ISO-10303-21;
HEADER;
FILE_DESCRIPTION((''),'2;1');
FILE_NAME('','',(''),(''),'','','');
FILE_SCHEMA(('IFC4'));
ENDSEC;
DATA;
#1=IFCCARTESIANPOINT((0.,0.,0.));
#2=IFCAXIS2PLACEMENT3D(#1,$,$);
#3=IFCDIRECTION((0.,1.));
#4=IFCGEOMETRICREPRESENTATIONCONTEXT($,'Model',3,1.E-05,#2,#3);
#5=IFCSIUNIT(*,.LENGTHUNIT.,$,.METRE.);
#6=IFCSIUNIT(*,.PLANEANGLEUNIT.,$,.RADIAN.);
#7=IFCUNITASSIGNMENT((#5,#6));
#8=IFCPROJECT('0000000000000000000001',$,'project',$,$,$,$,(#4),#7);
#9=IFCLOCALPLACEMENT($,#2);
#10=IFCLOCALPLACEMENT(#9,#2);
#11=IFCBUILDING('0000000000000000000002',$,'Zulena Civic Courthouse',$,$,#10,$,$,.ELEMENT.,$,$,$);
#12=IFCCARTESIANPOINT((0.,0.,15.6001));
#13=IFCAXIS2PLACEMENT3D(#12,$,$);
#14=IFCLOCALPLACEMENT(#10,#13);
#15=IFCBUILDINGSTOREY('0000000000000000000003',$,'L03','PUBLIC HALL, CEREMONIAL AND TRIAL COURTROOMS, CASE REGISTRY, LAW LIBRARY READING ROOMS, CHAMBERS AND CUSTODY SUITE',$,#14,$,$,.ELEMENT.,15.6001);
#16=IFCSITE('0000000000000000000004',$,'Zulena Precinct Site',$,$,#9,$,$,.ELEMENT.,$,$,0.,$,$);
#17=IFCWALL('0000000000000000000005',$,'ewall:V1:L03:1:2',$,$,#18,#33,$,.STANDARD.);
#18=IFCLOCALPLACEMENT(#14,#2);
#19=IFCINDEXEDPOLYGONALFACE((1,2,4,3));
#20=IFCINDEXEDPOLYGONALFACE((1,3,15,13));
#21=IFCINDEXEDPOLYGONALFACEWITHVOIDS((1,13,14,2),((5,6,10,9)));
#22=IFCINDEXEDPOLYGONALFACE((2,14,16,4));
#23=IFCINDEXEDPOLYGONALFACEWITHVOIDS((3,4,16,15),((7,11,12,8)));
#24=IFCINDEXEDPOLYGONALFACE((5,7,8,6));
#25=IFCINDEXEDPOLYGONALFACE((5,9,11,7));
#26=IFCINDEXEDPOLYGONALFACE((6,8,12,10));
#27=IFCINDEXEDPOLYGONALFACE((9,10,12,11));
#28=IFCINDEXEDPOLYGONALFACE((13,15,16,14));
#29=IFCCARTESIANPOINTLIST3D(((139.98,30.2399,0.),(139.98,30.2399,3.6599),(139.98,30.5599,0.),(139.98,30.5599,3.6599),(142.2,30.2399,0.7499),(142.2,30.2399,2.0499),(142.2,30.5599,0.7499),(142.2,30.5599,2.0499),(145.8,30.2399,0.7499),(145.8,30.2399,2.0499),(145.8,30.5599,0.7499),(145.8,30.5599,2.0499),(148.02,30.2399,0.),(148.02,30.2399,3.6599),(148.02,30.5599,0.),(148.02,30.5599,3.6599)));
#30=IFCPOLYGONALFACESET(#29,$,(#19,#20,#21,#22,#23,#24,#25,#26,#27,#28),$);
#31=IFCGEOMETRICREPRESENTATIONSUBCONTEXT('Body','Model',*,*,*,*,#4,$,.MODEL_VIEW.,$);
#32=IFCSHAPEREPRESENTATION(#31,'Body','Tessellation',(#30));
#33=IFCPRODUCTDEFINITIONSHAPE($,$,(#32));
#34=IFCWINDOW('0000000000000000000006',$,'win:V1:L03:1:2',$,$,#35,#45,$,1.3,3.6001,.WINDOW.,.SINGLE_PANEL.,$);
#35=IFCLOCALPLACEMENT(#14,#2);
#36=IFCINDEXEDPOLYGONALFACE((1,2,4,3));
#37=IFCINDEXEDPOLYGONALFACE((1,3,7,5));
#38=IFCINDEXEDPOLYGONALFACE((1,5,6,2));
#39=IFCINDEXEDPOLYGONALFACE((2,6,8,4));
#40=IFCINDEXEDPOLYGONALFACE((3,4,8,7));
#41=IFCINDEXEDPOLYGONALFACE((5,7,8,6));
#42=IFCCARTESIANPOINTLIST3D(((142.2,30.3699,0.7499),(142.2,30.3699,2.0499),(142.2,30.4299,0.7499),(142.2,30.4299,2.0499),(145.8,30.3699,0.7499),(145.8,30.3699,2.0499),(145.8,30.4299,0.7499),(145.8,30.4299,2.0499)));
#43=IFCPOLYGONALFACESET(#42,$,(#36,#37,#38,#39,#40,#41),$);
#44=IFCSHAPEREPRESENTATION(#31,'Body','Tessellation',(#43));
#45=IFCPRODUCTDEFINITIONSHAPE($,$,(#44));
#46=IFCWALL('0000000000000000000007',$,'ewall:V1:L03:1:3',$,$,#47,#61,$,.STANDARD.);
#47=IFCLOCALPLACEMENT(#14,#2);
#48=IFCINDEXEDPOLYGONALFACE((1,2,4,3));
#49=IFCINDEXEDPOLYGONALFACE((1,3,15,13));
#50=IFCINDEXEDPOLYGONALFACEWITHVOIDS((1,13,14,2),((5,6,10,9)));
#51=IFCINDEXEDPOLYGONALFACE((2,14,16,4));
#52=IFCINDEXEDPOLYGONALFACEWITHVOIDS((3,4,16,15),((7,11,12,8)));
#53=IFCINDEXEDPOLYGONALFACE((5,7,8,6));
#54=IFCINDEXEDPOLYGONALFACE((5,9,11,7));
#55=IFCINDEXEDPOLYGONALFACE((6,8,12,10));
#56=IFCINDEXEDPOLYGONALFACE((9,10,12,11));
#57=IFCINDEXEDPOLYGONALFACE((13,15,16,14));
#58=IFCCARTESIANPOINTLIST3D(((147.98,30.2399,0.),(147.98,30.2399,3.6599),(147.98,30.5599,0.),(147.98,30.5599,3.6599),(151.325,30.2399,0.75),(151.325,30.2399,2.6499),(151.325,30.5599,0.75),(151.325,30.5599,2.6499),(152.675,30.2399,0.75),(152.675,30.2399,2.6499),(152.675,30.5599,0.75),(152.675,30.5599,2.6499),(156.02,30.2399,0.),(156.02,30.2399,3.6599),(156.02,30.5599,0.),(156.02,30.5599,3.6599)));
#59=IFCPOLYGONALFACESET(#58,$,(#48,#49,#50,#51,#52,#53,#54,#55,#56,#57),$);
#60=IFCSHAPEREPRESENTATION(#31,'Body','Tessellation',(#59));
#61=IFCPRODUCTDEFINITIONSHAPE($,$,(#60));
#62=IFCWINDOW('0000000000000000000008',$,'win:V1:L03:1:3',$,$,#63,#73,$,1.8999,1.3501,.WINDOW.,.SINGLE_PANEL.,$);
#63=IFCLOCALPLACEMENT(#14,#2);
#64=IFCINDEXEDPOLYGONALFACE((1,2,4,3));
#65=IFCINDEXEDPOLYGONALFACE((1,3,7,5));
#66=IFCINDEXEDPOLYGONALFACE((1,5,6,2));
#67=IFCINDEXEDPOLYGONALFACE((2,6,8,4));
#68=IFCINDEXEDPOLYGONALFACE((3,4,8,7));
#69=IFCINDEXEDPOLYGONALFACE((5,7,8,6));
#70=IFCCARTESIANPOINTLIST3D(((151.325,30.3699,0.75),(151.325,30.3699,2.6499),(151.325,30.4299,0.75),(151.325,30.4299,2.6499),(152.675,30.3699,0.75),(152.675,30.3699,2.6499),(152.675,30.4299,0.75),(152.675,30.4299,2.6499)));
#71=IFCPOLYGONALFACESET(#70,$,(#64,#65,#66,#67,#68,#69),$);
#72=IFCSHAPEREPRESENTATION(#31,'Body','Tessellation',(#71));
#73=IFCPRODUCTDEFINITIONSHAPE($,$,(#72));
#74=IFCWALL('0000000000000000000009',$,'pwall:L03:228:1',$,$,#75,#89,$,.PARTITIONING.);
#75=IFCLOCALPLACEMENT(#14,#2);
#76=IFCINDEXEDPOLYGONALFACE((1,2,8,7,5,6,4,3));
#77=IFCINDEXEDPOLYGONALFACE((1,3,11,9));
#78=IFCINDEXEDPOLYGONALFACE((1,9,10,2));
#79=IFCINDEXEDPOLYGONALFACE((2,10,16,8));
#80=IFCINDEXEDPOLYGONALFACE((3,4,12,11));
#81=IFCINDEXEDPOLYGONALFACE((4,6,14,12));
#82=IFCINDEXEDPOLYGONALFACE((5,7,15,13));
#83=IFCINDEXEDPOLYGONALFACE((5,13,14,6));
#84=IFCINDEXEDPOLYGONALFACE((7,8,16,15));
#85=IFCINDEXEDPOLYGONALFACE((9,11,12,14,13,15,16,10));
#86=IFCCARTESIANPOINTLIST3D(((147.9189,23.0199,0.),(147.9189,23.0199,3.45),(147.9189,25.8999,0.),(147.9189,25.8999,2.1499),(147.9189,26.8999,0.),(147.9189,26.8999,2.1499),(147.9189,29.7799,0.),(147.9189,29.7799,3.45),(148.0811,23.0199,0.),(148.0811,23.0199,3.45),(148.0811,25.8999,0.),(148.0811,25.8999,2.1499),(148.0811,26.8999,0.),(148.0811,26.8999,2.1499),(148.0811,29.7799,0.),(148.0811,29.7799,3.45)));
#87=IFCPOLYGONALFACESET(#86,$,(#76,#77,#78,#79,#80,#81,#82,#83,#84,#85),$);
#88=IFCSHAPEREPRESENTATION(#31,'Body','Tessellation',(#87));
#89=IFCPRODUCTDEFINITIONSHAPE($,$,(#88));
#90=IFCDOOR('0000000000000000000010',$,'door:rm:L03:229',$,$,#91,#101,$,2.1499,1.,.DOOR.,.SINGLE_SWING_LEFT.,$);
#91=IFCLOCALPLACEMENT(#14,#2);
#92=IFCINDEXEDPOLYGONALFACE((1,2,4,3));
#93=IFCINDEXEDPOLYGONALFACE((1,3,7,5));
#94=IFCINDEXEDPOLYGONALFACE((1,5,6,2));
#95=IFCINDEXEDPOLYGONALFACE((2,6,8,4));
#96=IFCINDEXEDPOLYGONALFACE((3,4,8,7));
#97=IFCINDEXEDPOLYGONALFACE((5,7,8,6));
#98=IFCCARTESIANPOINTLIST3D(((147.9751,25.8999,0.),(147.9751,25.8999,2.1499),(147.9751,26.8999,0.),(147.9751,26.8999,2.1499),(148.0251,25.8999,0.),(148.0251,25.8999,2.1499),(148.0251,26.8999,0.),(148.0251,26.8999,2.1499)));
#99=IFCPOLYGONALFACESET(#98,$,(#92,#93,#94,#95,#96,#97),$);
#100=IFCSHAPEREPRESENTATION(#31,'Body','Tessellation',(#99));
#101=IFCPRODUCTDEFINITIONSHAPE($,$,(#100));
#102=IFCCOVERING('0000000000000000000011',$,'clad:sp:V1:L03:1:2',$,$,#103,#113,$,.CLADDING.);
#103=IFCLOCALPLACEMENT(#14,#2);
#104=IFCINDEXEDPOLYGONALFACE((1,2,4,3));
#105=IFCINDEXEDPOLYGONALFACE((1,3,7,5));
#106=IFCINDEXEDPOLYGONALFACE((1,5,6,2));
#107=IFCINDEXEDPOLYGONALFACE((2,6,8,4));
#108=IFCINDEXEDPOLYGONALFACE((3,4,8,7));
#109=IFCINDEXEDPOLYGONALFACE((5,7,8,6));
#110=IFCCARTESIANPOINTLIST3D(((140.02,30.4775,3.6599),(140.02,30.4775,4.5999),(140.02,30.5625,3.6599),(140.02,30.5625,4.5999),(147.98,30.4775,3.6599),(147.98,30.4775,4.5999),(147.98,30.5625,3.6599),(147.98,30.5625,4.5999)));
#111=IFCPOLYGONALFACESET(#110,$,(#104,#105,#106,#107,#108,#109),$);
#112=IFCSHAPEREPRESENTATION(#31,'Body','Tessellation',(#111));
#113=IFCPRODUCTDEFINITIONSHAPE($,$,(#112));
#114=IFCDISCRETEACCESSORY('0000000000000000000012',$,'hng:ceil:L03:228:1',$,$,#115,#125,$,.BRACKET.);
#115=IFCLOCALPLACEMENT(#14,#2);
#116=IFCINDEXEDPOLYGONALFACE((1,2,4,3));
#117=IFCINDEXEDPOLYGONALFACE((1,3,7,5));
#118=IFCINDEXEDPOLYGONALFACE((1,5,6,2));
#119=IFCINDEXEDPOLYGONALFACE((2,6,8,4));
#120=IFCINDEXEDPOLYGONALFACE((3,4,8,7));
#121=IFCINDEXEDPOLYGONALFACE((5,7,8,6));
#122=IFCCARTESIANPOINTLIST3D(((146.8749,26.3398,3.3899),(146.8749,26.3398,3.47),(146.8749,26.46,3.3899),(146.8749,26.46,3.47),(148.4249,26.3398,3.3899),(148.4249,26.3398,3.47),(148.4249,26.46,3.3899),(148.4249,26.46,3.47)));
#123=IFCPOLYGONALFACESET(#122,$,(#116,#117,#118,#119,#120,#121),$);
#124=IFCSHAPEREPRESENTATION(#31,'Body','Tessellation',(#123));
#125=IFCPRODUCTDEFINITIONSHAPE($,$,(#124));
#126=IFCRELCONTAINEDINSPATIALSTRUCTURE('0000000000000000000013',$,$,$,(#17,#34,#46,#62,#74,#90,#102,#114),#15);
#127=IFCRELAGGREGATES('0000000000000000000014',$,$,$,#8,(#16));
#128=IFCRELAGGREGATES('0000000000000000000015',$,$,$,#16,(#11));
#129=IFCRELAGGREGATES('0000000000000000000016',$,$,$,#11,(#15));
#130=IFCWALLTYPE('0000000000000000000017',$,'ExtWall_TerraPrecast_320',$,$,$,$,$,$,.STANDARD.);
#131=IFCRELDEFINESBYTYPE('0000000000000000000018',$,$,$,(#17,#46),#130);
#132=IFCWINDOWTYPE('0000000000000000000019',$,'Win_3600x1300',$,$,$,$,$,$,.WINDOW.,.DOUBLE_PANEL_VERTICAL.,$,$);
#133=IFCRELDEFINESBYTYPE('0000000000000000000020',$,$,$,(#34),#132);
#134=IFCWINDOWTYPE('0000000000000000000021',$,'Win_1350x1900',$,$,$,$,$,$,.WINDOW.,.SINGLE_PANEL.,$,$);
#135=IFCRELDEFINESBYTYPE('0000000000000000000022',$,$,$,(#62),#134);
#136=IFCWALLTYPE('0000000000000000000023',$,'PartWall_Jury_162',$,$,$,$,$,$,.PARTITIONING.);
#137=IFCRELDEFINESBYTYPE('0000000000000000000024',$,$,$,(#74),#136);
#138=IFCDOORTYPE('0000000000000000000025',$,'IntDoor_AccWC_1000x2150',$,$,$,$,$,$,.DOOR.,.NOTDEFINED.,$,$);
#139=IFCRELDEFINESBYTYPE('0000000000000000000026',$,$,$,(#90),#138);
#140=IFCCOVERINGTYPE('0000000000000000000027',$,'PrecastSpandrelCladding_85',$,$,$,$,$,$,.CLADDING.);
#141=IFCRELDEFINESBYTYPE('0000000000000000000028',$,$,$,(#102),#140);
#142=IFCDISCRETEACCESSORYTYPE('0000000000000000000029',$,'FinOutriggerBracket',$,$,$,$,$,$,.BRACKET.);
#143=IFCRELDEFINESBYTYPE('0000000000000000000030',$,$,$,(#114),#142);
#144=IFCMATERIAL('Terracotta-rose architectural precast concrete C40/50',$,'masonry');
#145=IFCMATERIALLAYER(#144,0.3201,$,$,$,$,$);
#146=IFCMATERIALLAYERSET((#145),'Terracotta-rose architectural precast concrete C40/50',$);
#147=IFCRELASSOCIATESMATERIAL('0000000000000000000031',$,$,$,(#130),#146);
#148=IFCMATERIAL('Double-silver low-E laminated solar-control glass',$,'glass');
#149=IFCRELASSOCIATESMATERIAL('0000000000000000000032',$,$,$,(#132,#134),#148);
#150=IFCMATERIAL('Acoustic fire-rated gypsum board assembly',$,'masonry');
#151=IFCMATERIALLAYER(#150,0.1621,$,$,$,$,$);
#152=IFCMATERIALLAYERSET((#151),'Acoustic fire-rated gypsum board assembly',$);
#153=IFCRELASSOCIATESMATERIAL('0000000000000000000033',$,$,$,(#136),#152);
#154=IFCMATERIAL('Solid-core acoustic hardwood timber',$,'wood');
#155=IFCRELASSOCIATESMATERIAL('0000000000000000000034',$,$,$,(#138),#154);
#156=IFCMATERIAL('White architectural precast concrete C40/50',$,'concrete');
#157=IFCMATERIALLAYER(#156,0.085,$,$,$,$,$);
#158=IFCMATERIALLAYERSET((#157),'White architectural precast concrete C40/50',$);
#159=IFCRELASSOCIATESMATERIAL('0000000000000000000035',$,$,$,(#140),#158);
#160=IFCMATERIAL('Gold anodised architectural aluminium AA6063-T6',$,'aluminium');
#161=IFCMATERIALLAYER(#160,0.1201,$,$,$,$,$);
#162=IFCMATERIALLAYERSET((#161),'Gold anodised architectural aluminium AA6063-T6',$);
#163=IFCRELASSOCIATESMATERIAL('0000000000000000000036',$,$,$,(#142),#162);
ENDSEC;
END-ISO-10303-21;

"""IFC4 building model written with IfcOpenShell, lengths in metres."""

from ifc_helpers import new_model, si_unit, direction, frame, frame_2d, origin, origin_2d, place, context, subcontext, project, spatial, rectangle, extrude, material, layer, layer_set, type_object, element, fill, save


model = new_model("IFC4")

# Units and contexts
model_context = context("Model", 3, precision=1e-05, world=origin(), true_north=direction((0.0, 1.0)))
body_context = subcontext(model_context, "Body", "Model", "MODEL_VIEW")
ifc_project = project(units=[si_unit("LENGTHUNIT", "METRE"), si_unit("PLANEANGLEUNIT", "RADIAN")], contexts=[model_context])

# Site, building, storey
site_placement = place(None, origin())
site = spatial("IfcSite", under=ifc_project, at=site_placement, Name="Zulena Precinct Site", CompositionType="ELEMENT", RefElevation=0.0)
building_placement = place(site_placement, origin())
building = spatial("IfcBuilding", under=site, at=building_placement, Name="Zulena Civic Courthouse", CompositionType="ELEMENT")
storey_placement = place(building_placement, frame((0.0, 0.0, 15.6001)))
storey = spatial("IfcBuildingStorey", under=building, at=storey_placement, Name="L03", Description="PUBLIC HALL, CEREMONIAL AND TRIAL COURTROOMS, CASE REGISTRY, LAW LIBRARY READING ROOMS, CHAMBERS AND CUSTODY SUITE", CompositionType="ELEMENT", Elevation=15.6001)

# Shared definitions
ifc_material_1 = material(Name="Double-silver low-E laminated solar-control glass", Category="glass")

# Walls, openings, windows
ifc_material_2 = material(Name="Terracotta-rose architectural precast concrete C40/50", Category="masonry")
ifc_layer_1 = layer(ifc_material_2, 0.3201)
ifc_layer_set_1 = layer_set([ifc_layer_1], Name="Terracotta-rose architectural precast concrete C40/50")
wall_type_1 = type_object("IfcWallType", Name="ExtWall_TerraPrecast_320", PredefinedType="STANDARD", material=ifc_layer_set_1)
wall_1_placement = place(storey_placement, frame((139.98, 30.3999, 0.0), z_axis=(0.0, 0.0, 1.0), x_axis=(1.0, 0.0, 0.0)))
wall_1 = element("IfcWall", 1, at=wall_1_placement, inside=storey, type_object=wall_type_1, Name="ewall:V1:L03:1:2", PredefinedType="STANDARD", context=body_context, shape_type="SweptSolid", body=[
    extrude(rectangle(XDim=8.04, YDim=0.3201, at=frame_2d((4.02, 0.0))), origin(), (0.0, 0.0, 1.0), 3.6599),
])
opening_1_placement = place(wall_1_placement, frame((2.22, 0.0, 0.75)))
opening_1 = element("IfcOpeningElement", 2, at=opening_1_placement, cuts=wall_1, PredefinedType="OPENING", context=body_context, shape_type="SweptSolid", body=[
    extrude(rectangle(XDim=3.6001, YDim=1.3, at=frame_2d((1.8, 0.6499))), frame((0.0, 0.1699, 0.0), z_axis=(0.0, -1.0, 0.0), x_axis=(1.0, 0.0, 0.0)), (0.0, 0.0, 1.0), 0.3401),
])
window_type_1 = type_object("IfcWindowType", Name="Win_3600x1300", PartitioningType="DOUBLE_PANEL_VERTICAL", PredefinedType="WINDOW", material=ifc_material_1)
window_1_placement = place(opening_1_placement, origin())
window_1 = element("IfcWindow", 3, at=window_1_placement, inside=storey, type_object=window_type_1, Name="win:V1:L03:1:2", OverallHeight=1.3, OverallWidth=3.6001, PartitioningType="SINGLE_PANEL", PredefinedType="WINDOW", context=body_context, shape_type="SweptSolid", body=[
    extrude(rectangle(XDim=3.6001, YDim=1.3, at=frame_2d((1.8, 0.6499))), frame((0.0, 0.03, 0.0), z_axis=(0.0, -1.0, 0.0), x_axis=(1.0, 0.0, 0.0)), (0.0, 0.0, 1.0), 0.0601),
])
fill(opening_1, window_1)
wall_2_placement = place(storey_placement, frame((147.98, 30.3999, 0.0), z_axis=(0.0, 0.0, 1.0), x_axis=(1.0, 0.0, 0.0)))
wall_2 = element("IfcWall", 4, at=wall_2_placement, inside=storey, type_object=wall_type_1, Name="ewall:V1:L03:1:3", PredefinedType="STANDARD", context=body_context, shape_type="SweptSolid", body=[
    extrude(rectangle(XDim=8.04, YDim=0.3201, at=frame_2d((4.02, 0.0))), origin(), (0.0, 0.0, 1.0), 3.6599),
])
opening_2_placement = place(wall_2_placement, frame((3.345, 0.0, 0.75)))
opening_2 = element("IfcOpeningElement", 5, at=opening_2_placement, cuts=wall_2, PredefinedType="OPENING", context=body_context, shape_type="SweptSolid", body=[
    extrude(rectangle(XDim=1.3501, YDim=1.8999, at=frame_2d((0.675, 0.95))), frame((0.0, 0.1699, 0.0), z_axis=(0.0, -1.0, 0.0), x_axis=(1.0, 0.0, 0.0)), (0.0, 0.0, 1.0), 0.3401),
])
window_type_2 = type_object("IfcWindowType", Name="Win_1350x1900", PartitioningType="SINGLE_PANEL", PredefinedType="WINDOW", material=ifc_material_1)
window_2_placement = place(opening_2_placement, origin())
window_2 = element("IfcWindow", 6, at=window_2_placement, inside=storey, type_object=window_type_2, Name="win:V1:L03:1:3", OverallHeight=1.8999, OverallWidth=1.3501, PartitioningType="SINGLE_PANEL", PredefinedType="WINDOW", context=body_context, shape_type="SweptSolid", body=[
    extrude(rectangle(XDim=1.3501, YDim=1.8999, at=frame_2d((0.675, 0.95))), frame((0.0, 0.03, 0.0), z_axis=(0.0, -1.0, 0.0), x_axis=(1.0, 0.0, 0.0)), (0.0, 0.0, 1.0), 0.0601),
])
fill(opening_2, window_2)

# Wall, opening, door
ifc_material_3 = material(Name="Acoustic fire-rated gypsum board assembly", Category="masonry")
ifc_layer_2 = layer(ifc_material_3, 0.1621)
ifc_layer_set_2 = layer_set([ifc_layer_2], Name="Acoustic fire-rated gypsum board assembly")
wall_type_2 = type_object("IfcWallType", Name="PartWall_Jury_162", PredefinedType="PARTITIONING", material=ifc_layer_set_2)
wall_3_placement = place(storey_placement, frame((148.0, 23.02, 0.0), z_axis=(0.0, 0.0, 1.0), x_axis=(0.0, 1.0, 0.0)))
wall_3 = element("IfcWall", 7, at=wall_3_placement, inside=storey, type_object=wall_type_2, Name="pwall:L03:228:1", PredefinedType="PARTITIONING", context=body_context, shape_type="SweptSolid", body=[
    extrude(rectangle(XDim=6.76, YDim=0.1621, at=frame_2d((3.3799, 0.0))), origin(), (0.0, 0.0, 1.0), 3.45),
])
opening_3_placement = place(wall_3_placement, frame((2.8799, 0.0, 0.0)))
opening_3 = element("IfcOpeningElement", 8, at=opening_3_placement, cuts=wall_3, PredefinedType="OPENING", context=body_context, shape_type="SweptSolid", body=[
    extrude(rectangle(XDim=1.0, YDim=2.1499, at=frame_2d((0.5, 1.075))), frame((0.0, 0.0911, 0.0), z_axis=(0.0, -1.0, 0.0), x_axis=(1.0, 0.0, 0.0)), (0.0, 0.0, 1.0), 0.1821),
])
ifc_material_4 = material(Name="Solid-core acoustic hardwood timber", Category="wood")
door_type = type_object("IfcDoorType", Name="IntDoor_AccWC_1000x2150", OperationType="NOTDEFINED", PredefinedType="DOOR", material=ifc_material_4)
door_placement = place(opening_3_placement, origin())
door = element("IfcDoor", 9, at=door_placement, inside=storey, type_object=door_type, Name="door:rm:L03:229", OperationType="SINGLE_SWING_LEFT", OverallHeight=2.1499, OverallWidth=1.0, PredefinedType="DOOR", context=body_context, shape_type="SweptSolid", body=[
    extrude(rectangle(XDim=1.0, YDim=2.1499, at=frame_2d((0.5, 1.075))), frame((0.0, 0.0249, 0.0), z_axis=(0.0, -1.0, 0.0), x_axis=(1.0, 0.0, 0.0)), (0.0, 0.0, 1.0), 0.05),
])
fill(opening_3, door)

# Covering
ifc_material_5 = material(Name="White architectural precast concrete C40/50", Category="concrete")
ifc_layer_3 = layer(ifc_material_5, 0.085)
ifc_layer_set_3 = layer_set([ifc_layer_3], Name="White architectural precast concrete C40/50")
covering_type = type_object("IfcCoveringType", Name="PrecastSpandrelCladding_85", PredefinedType="CLADDING", material=ifc_layer_set_3)
covering_placement = place(storey_placement, frame((144.0, 30.52, 3.6599), z_axis=(0.0, 0.0, 1.0), x_axis=(1.0, 0.0, 0.0)))
element("IfcCovering", 10, at=covering_placement, inside=storey, type_object=covering_type, Name="clad:sp:V1:L03:1:2", PredefinedType="CLADDING", context=body_context, shape_type="SweptSolid", body=[
    extrude(rectangle(XDim=7.96, YDim=0.085, at=origin_2d()), origin(), (0.0, 0.0, 1.0), 0.9399),
])

# Discrete accessory
ifc_material_6 = material(Name="Gold anodised architectural aluminium AA6063-T6", Category="aluminium")
ifc_layer_4 = layer(ifc_material_6, 0.1201)
ifc_layer_set_4 = layer_set([ifc_layer_4], Name="Gold anodised architectural aluminium AA6063-T6")
discrete_accessory_type = type_object("IfcDiscreteAccessoryType", Name="FinOutriggerBracket", PredefinedType="BRACKET", material=ifc_layer_set_4)
discrete_accessory_placement = place(storey_placement, frame((147.6499, 26.3999, 3.3899), z_axis=(0.0, 0.0, 1.0), x_axis=(1.0, 0.0, 0.0)))
element("IfcDiscreteAccessory", 11, at=discrete_accessory_placement, inside=storey, type_object=discrete_accessory_type, Name="hng:ceil:L03:228:1", PredefinedType="BRACKET", context=body_context, shape_type="SweptSolid", body=[
    extrude(rectangle(XDim=1.55, YDim=0.1201, at=origin_2d()), origin(), (0.0, 0.0, 1.0), 0.0801),
])

save(model, "model.ifc")
